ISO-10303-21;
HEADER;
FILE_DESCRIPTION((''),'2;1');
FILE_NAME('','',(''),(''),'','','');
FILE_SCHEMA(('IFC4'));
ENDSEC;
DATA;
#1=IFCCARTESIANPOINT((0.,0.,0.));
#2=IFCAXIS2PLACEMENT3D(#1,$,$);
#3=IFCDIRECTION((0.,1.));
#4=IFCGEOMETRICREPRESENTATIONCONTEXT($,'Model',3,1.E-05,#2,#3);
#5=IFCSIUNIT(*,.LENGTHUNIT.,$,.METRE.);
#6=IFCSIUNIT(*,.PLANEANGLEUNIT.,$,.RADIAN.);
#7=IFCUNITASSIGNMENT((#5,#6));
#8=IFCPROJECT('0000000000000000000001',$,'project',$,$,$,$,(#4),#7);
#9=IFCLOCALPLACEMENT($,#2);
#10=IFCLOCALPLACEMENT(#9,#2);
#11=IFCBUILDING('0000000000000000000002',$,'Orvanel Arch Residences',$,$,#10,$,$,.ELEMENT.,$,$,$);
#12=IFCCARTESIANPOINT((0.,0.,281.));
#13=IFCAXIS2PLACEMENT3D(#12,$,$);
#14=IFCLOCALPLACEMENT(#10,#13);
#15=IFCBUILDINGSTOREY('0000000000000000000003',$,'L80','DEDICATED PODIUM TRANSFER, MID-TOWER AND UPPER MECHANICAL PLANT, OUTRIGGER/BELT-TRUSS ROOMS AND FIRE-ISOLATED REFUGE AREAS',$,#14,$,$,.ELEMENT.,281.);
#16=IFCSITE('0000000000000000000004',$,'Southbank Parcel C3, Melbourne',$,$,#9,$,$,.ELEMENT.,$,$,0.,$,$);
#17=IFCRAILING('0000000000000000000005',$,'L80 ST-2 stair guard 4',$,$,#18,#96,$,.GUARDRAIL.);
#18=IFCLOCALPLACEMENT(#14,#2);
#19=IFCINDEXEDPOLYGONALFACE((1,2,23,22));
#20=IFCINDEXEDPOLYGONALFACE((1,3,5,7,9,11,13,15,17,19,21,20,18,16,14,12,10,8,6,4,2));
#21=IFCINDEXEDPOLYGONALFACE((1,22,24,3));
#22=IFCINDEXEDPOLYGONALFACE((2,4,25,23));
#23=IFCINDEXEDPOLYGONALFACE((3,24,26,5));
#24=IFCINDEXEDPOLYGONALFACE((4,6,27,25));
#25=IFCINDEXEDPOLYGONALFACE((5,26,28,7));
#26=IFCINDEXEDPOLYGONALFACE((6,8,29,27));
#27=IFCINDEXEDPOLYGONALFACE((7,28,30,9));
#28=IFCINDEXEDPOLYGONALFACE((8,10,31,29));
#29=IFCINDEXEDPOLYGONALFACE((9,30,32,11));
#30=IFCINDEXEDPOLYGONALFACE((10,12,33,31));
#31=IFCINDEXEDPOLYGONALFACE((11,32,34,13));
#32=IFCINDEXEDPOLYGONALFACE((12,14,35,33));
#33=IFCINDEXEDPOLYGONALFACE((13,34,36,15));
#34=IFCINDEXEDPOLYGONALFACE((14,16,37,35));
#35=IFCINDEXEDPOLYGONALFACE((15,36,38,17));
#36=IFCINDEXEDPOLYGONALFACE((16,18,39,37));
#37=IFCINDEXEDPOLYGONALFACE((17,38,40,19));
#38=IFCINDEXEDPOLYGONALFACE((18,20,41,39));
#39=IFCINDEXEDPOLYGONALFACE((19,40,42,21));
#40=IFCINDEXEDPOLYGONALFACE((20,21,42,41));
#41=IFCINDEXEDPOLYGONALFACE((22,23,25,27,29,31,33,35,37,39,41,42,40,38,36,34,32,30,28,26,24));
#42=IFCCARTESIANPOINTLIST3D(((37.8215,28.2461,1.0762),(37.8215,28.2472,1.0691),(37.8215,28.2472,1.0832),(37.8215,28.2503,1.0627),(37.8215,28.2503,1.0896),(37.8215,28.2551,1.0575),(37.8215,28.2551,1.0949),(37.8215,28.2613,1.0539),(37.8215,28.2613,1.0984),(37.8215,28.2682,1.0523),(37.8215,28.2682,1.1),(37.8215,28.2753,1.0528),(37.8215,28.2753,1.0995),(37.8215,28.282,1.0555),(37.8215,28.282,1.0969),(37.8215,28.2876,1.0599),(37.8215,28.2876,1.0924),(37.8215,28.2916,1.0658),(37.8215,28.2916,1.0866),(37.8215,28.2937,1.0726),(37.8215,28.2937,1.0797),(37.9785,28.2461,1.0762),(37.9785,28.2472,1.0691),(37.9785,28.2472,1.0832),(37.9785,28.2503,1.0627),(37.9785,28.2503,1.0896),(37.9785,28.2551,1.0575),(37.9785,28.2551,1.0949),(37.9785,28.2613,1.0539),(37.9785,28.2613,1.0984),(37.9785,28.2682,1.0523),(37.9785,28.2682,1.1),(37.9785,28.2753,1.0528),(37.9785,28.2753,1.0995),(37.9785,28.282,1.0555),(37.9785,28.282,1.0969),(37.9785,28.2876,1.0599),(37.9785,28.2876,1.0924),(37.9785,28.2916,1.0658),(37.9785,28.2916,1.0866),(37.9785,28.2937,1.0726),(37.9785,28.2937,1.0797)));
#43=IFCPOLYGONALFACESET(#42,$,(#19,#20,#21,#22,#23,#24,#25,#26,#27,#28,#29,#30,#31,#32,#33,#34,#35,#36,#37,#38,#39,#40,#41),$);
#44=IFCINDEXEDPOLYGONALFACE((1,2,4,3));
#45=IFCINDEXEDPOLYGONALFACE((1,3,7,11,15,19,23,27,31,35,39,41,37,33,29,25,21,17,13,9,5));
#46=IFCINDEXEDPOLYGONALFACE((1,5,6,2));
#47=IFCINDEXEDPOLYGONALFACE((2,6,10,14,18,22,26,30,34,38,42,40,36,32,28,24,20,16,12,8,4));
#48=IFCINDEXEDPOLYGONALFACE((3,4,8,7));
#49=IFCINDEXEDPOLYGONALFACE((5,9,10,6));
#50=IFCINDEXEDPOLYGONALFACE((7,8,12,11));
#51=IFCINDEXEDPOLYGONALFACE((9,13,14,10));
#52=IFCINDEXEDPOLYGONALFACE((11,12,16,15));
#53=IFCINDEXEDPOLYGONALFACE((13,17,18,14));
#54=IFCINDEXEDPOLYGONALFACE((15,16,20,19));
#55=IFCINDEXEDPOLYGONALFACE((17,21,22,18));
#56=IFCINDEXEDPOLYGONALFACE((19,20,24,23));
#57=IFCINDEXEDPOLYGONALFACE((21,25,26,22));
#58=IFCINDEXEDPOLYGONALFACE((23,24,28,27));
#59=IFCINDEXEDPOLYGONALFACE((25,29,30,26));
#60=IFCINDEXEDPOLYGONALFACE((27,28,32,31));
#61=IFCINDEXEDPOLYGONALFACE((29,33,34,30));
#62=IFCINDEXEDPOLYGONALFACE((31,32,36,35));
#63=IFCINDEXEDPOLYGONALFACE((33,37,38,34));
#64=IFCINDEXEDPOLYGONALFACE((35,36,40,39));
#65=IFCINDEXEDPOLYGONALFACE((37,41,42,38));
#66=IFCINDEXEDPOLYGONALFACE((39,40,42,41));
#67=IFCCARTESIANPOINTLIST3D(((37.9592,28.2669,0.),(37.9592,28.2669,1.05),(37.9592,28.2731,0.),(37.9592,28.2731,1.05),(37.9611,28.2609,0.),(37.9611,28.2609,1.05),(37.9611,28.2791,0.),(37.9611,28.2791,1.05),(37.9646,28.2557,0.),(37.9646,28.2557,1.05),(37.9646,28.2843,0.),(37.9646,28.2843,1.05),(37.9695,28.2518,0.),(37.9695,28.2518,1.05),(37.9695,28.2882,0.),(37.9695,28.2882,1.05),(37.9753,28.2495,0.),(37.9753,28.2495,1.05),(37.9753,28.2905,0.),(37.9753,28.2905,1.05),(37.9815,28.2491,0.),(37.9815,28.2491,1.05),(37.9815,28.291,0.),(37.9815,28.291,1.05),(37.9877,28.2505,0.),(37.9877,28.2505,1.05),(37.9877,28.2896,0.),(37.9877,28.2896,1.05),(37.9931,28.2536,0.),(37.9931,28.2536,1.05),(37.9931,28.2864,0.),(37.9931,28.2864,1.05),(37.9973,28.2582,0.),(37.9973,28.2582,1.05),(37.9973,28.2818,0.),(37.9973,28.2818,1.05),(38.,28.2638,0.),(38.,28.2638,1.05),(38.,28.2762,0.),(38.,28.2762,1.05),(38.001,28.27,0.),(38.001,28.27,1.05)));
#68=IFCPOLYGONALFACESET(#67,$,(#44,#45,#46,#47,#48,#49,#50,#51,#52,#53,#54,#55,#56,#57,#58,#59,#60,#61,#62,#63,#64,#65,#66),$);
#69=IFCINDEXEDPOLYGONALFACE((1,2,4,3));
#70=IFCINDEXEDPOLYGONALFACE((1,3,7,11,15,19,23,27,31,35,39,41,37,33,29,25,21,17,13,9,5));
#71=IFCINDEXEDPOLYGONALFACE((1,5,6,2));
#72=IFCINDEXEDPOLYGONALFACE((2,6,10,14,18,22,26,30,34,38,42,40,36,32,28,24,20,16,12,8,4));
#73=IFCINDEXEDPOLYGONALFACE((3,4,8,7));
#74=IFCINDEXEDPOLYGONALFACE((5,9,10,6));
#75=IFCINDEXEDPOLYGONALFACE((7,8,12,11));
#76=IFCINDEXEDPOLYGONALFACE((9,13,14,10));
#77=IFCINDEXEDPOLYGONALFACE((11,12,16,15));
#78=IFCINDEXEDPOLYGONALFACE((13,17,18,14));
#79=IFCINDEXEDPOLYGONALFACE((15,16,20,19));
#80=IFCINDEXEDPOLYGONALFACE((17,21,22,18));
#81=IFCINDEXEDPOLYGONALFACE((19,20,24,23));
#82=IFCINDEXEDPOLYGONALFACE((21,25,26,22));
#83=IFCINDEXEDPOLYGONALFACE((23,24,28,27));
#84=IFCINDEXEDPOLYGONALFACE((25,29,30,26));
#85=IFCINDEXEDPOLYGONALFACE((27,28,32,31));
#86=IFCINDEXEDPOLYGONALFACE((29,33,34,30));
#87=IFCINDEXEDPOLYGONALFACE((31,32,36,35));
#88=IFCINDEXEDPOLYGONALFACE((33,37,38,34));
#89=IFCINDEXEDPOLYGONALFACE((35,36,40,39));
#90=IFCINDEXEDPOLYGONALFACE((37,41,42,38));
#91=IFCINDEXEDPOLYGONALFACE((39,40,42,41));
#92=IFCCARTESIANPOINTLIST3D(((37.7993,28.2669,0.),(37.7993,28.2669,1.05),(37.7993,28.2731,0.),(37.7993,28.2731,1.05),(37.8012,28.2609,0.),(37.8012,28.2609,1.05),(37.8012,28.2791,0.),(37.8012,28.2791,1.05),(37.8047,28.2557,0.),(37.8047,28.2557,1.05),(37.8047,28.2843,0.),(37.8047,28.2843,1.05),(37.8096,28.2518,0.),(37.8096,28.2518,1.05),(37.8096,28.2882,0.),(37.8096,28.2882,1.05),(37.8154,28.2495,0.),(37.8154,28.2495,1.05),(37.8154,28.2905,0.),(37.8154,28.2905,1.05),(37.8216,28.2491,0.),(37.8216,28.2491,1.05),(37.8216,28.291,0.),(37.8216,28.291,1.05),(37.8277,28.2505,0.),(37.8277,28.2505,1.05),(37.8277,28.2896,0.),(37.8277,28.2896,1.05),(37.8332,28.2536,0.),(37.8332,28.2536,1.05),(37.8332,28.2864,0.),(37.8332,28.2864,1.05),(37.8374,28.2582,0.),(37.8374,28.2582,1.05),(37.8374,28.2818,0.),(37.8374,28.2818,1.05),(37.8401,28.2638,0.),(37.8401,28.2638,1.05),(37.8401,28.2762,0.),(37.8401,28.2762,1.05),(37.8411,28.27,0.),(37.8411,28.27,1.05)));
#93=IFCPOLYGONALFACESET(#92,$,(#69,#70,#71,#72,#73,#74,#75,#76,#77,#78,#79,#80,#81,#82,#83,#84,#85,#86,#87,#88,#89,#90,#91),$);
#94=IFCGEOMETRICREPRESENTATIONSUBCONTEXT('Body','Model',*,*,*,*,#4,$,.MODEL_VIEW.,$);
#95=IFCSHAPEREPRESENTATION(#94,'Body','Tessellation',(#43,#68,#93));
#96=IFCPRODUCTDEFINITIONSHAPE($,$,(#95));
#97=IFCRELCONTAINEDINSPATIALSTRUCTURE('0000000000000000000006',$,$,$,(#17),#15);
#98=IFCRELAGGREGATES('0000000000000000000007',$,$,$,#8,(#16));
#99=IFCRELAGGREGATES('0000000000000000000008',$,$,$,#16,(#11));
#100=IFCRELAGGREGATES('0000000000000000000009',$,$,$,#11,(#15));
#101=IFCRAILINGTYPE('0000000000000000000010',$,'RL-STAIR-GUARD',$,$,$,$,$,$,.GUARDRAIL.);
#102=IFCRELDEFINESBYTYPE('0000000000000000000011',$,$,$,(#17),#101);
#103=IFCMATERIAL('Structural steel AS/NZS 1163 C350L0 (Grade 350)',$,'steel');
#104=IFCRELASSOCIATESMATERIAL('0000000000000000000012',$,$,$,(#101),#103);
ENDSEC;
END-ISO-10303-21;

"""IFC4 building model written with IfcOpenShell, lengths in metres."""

from ifc_helpers import new_model, si_unit, direction, frame, origin, origin_2d, place, context, subcontext, project, spatial, circle, extrude, material, type_object, element, save


model = new_model("IFC4")

# Units and contexts
model_context = context("Model", 3, precision=1e-05, world=origin(), true_north=direction((0.0, 1.0)))
body_context = subcontext(model_context, "Body", "Model", "MODEL_VIEW")
ifc_project = project(units=[si_unit("LENGTHUNIT", "METRE"), si_unit("PLANEANGLEUNIT", "RADIAN")], contexts=[model_context])

# Site, building, storey
site_placement = place(None, origin())
site = spatial("IfcSite", under=ifc_project, at=site_placement, Name="Southbank Parcel C3, Melbourne", CompositionType="ELEMENT", RefElevation=0.0)
building_placement = place(site_placement, origin())
building = spatial("IfcBuilding", under=site, at=building_placement, Name="Orvanel Arch Residences", CompositionType="ELEMENT")
storey_placement = place(building_placement, frame((0.0, 0.0, 281.0)))
storey = spatial("IfcBuildingStorey", under=building, at=storey_placement, Name="L80", Description="DEDICATED PODIUM TRANSFER, MID-TOWER AND UPPER MECHANICAL PLANT, OUTRIGGER/BELT-TRUSS ROOMS AND FIRE-ISOLATED REFUGE AREAS", CompositionType="ELEMENT", Elevation=281.0)

# Shared definitions
ifc_material_1 = material(Name="Structural steel AS/NZS 1163 C350L0 (Grade 350)", Category="steel")

# Railing
railing_type_1 = type_object("IfcRailingType", Name="RL-STAIR-GUARD", PredefinedType="GUARDRAIL", material=ifc_material_1)
railing_1_placement = place(storey_placement, frame((37.98, 28.27, 0.0)))
element("IfcRailing", 1, at=railing_1_placement, inside=storey, type_object=railing_type_1, Name="L80 ST-2 stair guard 4", PredefinedType="GUARDRAIL", context=body_context, shape_type="SweptSolid", body=[
    extrude(circle(Radius=0.0239, at=origin_2d()), frame((-0.0015, 0.0, 1.0762), z_axis=(-1.0, 0.0, 0.0), x_axis=(0.0, -1.0, 0.0)), (0.0, 0.0, 1.0), 0.157),
    extrude(circle(Radius=0.021, at=origin_2d()), origin(), (0.0, 0.0, 1.0), 1.05),
    extrude(circle(Radius=0.021, at=origin_2d()), frame((-0.1599, 0.0, 0.0)), (0.0, 0.0, 1.0), 1.05),
])

save(model, "model.ifc")
